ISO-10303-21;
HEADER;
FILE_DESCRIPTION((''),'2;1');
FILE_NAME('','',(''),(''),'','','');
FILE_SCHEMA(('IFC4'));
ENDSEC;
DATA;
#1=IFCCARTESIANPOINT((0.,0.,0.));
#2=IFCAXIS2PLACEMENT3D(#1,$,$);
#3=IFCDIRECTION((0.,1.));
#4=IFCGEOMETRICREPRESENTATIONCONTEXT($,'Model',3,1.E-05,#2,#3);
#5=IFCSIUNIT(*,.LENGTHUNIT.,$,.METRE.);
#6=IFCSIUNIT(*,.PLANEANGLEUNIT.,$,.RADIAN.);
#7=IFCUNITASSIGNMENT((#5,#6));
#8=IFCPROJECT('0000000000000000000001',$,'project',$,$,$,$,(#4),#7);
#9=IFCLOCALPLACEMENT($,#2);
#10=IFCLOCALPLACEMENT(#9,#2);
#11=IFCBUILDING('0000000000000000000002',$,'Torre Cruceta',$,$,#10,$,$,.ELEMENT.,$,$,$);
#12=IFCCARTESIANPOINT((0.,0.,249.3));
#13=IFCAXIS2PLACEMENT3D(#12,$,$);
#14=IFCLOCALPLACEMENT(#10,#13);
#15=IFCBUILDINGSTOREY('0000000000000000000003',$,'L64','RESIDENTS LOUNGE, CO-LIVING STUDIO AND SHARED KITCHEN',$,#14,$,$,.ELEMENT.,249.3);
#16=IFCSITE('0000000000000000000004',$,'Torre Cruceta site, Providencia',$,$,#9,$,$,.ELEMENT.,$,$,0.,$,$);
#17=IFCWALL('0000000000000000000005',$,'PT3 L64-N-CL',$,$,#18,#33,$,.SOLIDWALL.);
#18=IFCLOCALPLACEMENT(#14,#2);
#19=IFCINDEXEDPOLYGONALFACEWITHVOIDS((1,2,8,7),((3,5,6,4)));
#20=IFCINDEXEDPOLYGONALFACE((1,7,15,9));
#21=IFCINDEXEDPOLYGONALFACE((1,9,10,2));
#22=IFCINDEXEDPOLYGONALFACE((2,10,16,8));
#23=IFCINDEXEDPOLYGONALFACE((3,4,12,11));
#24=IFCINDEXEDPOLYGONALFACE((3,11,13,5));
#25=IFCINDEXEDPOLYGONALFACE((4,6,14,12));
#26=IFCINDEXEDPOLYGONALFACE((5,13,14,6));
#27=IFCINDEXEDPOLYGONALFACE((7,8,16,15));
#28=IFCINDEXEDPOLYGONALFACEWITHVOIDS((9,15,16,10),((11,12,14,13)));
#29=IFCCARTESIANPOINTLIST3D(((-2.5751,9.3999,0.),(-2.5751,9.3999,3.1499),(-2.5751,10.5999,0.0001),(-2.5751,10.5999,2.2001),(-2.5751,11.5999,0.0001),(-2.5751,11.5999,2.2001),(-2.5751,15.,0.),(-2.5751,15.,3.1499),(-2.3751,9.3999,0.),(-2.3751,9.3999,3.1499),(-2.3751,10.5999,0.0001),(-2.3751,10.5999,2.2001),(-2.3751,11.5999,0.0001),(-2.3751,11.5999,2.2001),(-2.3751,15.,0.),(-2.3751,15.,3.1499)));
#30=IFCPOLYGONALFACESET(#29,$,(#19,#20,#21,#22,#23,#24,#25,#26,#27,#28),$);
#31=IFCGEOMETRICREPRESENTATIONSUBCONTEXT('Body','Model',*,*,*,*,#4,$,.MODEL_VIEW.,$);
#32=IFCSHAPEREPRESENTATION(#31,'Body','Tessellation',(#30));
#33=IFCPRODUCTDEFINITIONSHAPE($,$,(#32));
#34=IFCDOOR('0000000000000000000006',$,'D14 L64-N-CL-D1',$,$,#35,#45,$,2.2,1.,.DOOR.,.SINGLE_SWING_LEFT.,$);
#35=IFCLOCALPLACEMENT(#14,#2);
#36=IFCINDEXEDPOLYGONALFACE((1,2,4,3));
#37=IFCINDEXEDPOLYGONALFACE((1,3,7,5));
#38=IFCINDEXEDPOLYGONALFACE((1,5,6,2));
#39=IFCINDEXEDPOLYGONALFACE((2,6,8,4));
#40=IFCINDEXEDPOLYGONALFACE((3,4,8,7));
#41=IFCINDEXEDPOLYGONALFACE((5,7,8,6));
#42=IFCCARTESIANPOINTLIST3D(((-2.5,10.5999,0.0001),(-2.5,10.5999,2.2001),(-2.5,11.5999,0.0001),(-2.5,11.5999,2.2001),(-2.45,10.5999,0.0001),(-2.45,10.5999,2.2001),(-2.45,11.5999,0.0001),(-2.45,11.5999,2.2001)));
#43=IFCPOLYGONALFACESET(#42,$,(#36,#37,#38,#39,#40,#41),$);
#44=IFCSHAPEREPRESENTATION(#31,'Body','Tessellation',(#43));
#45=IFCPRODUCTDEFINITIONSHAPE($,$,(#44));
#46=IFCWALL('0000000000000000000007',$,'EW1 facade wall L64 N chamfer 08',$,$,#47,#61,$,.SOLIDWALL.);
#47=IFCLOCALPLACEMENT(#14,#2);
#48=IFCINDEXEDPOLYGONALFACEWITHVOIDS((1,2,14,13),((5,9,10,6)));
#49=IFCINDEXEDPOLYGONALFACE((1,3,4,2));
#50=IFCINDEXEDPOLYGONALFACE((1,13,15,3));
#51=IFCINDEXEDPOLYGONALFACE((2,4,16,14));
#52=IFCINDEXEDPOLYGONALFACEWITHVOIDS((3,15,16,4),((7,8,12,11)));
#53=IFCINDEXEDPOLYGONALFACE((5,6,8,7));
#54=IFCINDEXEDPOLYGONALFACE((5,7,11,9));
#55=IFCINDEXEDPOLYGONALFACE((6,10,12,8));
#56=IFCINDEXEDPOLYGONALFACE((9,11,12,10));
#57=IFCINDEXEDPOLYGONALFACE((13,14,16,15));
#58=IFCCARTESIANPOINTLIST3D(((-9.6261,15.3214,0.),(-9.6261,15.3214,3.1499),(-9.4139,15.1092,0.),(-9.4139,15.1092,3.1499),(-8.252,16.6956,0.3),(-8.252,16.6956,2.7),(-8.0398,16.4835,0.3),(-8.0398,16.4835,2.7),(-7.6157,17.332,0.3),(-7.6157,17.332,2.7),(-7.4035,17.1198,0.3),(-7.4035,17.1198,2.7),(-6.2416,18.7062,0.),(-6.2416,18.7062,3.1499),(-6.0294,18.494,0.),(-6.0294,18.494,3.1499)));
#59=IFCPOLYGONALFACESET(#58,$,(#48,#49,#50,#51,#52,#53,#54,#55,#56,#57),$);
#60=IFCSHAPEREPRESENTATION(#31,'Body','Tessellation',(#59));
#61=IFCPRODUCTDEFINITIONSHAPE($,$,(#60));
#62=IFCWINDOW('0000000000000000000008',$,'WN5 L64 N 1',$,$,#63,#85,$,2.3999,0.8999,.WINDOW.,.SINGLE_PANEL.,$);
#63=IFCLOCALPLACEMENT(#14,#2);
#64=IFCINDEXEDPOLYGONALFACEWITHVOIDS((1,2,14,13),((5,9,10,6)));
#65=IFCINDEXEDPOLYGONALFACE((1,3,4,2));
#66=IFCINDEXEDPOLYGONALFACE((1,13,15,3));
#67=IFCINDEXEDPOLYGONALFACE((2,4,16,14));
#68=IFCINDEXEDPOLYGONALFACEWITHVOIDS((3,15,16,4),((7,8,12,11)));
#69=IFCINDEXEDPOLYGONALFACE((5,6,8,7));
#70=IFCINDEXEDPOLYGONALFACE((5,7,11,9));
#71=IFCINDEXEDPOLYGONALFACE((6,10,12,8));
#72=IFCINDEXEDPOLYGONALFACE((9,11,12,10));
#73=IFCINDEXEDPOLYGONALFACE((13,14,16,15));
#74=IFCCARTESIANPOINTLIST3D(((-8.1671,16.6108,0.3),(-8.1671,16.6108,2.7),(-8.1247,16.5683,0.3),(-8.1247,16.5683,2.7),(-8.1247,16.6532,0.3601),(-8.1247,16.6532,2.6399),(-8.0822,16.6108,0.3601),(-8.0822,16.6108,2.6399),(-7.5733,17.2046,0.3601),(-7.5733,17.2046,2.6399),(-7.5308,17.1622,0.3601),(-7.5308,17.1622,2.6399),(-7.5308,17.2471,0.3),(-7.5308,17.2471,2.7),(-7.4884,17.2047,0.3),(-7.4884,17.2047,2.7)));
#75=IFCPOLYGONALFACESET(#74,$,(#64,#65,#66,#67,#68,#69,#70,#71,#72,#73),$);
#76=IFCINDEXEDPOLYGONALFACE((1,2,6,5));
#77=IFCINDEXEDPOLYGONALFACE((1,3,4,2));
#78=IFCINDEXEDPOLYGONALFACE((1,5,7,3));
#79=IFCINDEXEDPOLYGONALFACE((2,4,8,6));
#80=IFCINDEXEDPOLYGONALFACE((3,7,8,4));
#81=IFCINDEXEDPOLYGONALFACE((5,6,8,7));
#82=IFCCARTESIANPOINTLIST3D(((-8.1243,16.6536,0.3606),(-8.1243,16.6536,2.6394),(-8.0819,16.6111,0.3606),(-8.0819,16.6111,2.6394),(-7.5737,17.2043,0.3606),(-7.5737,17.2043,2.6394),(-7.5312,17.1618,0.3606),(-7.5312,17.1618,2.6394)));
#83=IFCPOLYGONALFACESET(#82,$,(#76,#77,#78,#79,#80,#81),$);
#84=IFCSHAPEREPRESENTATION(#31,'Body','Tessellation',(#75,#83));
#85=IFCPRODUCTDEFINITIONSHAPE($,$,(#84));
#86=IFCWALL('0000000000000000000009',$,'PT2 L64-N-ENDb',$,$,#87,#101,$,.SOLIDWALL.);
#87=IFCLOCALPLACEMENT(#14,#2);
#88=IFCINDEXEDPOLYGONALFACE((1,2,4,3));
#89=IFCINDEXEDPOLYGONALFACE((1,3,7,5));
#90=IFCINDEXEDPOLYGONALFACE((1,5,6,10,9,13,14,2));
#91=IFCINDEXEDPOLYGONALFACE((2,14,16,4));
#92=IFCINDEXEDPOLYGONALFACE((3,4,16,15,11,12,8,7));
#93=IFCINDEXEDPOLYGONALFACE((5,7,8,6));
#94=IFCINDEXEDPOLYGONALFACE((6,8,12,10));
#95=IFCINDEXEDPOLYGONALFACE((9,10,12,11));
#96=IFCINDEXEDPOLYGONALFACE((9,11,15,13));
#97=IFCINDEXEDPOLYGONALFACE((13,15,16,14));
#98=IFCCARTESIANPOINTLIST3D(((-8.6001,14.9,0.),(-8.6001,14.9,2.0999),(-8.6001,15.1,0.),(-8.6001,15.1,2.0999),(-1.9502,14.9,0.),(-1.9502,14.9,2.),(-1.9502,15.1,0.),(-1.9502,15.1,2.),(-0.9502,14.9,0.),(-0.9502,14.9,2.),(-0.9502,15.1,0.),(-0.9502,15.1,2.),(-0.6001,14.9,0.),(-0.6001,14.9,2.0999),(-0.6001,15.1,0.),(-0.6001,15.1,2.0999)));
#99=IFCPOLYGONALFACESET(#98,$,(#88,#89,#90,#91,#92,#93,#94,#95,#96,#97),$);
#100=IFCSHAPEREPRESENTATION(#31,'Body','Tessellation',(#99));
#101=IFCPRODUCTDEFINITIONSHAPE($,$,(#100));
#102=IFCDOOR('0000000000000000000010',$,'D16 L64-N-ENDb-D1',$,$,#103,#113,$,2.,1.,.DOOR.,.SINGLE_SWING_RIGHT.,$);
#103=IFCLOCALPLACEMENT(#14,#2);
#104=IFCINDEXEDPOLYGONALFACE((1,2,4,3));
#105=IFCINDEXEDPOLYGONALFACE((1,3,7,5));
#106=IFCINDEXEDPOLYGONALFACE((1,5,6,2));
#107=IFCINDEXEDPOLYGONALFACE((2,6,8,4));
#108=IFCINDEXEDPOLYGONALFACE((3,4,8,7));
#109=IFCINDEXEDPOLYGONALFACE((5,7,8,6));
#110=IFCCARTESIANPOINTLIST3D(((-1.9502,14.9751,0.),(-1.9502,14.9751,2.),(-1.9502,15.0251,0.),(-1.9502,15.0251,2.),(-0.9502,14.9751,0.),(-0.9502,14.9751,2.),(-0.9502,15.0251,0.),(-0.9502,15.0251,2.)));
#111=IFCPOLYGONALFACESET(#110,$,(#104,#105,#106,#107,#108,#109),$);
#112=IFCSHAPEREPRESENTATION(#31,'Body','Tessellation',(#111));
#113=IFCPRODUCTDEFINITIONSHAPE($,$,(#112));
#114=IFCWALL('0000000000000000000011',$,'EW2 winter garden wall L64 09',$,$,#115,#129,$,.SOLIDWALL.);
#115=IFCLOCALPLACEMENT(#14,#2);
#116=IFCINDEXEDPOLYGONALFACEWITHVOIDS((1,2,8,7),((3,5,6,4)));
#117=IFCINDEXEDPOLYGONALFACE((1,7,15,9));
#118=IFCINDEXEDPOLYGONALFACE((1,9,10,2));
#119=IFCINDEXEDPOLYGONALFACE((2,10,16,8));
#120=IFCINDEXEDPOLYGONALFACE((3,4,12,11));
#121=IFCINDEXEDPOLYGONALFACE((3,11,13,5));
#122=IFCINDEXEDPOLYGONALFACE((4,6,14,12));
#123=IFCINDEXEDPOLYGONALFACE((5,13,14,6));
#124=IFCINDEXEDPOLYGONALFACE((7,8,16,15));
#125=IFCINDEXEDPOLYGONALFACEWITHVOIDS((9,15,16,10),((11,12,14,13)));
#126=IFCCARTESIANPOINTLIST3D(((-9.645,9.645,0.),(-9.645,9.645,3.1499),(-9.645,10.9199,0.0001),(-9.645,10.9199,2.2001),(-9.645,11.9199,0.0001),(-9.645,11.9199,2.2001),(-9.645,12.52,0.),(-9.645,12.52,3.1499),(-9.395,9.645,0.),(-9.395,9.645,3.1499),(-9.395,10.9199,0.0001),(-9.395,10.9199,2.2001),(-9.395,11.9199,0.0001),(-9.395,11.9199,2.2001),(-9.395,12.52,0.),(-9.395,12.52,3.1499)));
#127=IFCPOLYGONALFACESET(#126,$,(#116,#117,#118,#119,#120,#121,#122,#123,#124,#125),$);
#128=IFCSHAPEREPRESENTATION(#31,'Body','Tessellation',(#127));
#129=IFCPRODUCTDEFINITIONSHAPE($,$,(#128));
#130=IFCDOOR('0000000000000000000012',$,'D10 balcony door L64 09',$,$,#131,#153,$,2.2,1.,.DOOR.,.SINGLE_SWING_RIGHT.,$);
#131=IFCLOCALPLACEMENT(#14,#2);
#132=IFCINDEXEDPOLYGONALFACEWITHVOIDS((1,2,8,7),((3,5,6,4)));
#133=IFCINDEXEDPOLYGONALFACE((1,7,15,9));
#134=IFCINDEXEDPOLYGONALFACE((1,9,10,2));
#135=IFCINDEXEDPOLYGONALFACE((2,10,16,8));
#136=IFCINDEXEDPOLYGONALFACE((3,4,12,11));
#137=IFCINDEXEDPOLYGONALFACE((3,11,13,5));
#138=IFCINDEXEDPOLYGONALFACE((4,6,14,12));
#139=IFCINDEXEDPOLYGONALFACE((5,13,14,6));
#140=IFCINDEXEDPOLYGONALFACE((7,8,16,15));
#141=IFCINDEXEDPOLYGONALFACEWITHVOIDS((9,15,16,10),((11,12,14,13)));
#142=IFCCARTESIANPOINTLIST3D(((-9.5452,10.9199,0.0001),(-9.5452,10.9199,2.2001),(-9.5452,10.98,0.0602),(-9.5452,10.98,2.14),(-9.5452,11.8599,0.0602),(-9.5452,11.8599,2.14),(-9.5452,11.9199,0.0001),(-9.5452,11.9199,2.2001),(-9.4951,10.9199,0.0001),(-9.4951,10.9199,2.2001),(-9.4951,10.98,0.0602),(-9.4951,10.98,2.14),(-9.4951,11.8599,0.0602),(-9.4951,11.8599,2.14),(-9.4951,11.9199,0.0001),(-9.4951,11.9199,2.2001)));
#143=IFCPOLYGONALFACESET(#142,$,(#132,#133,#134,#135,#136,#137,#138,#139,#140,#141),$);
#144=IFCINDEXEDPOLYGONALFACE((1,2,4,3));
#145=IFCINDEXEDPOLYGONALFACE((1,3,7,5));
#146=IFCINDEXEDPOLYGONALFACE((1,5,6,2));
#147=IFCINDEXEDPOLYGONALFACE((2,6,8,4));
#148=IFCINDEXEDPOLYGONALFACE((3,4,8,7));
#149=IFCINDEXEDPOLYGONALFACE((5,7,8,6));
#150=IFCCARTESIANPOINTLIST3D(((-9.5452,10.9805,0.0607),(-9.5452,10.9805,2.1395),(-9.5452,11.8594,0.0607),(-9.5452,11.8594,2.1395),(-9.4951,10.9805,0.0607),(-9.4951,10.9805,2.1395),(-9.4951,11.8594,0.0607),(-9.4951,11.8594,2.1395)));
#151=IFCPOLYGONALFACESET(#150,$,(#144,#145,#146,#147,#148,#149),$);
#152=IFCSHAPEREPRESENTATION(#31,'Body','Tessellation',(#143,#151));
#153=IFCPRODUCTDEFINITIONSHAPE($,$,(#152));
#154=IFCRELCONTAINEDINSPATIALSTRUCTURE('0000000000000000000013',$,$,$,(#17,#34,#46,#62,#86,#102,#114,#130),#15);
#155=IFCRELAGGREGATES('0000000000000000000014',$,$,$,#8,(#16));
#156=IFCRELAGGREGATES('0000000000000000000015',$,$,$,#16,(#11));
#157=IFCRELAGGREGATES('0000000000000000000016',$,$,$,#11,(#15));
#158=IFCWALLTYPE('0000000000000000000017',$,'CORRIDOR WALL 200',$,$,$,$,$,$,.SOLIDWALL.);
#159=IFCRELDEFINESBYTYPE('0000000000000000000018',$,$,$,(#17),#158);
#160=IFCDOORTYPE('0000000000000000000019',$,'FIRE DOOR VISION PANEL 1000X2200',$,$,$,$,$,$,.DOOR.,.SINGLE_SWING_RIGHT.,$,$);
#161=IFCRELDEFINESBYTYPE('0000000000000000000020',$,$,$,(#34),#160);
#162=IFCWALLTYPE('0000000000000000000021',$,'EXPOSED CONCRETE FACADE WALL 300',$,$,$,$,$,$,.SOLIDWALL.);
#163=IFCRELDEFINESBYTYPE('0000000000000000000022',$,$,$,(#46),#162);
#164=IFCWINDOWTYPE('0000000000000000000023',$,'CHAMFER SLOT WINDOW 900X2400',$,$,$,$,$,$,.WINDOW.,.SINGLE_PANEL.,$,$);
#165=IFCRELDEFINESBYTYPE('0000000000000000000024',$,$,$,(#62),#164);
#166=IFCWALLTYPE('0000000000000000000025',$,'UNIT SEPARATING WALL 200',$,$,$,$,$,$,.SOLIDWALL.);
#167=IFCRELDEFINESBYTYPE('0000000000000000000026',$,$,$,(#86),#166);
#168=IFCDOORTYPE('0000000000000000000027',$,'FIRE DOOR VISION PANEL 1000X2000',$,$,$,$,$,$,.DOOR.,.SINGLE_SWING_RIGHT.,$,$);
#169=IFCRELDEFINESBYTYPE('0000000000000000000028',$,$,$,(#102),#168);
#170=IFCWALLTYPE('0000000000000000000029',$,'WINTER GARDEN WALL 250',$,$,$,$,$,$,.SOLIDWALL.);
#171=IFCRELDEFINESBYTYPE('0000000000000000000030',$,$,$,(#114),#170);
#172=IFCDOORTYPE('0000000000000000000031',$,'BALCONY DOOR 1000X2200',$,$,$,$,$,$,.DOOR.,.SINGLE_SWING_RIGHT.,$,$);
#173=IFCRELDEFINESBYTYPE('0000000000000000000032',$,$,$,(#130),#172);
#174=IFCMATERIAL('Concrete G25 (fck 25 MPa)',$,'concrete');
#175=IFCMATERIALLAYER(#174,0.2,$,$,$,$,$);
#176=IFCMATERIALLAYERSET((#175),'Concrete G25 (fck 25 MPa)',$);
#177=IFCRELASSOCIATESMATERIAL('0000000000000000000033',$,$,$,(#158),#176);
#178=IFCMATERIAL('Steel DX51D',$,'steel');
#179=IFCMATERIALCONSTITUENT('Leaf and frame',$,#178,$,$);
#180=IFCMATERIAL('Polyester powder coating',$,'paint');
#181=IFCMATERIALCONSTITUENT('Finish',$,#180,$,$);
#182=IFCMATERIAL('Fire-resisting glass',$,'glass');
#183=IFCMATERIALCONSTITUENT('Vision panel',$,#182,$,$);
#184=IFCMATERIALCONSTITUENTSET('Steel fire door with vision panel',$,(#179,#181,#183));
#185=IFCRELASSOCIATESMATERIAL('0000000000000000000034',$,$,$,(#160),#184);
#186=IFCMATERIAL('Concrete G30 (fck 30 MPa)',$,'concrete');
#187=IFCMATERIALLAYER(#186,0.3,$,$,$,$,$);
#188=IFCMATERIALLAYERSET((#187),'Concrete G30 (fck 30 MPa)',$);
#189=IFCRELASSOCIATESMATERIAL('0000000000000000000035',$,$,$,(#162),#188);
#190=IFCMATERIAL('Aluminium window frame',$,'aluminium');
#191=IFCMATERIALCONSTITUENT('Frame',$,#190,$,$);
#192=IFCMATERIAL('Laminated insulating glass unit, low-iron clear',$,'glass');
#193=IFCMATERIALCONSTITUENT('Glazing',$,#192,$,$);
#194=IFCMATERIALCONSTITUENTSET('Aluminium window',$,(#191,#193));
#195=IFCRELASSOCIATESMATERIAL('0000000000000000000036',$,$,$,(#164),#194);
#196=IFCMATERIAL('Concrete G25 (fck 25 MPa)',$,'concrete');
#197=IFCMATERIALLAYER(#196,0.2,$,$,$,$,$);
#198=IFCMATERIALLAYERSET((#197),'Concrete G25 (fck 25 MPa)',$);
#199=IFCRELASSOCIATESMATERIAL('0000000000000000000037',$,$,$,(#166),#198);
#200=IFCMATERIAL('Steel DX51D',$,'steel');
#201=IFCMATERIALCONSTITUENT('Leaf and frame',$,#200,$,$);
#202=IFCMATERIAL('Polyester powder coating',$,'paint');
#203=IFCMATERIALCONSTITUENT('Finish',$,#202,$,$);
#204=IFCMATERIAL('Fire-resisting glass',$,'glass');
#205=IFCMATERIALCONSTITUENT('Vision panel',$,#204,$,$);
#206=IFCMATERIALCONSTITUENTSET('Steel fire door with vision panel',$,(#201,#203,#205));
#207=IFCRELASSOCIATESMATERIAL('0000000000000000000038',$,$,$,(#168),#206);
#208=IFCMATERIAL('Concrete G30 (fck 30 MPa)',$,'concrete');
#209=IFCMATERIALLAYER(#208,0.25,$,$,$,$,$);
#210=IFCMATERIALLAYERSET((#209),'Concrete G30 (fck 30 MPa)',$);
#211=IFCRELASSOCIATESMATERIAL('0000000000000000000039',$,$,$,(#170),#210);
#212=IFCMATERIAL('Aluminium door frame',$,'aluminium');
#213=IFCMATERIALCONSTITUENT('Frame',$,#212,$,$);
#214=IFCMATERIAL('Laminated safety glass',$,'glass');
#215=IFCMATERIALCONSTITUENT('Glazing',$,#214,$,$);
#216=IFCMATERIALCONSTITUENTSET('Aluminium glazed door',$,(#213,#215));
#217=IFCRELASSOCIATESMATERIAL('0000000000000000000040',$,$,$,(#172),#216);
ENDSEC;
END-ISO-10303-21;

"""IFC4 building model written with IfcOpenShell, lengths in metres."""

from ifc_helpers import new_model, si_unit, direction, frame, frame_2d, origin, place, context, subcontext, project, spatial, rectangle, hollow_rectangle, extrude, material, layer, layer_set, constituent, constituent_set, type_object, element, fill, save


model = new_model("IFC4")

# Units and contexts
model_context = context("Model", 3, precision=1e-05, world=origin(), true_north=direction((0.0, 1.0)))
body_context = subcontext(model_context, "Body", "Model", "MODEL_VIEW")
ifc_project = project(units=[si_unit("LENGTHUNIT", "METRE"), si_unit("PLANEANGLEUNIT", "RADIAN")], contexts=[model_context])

# Site, building, storey
site_placement = place(None, origin())
site = spatial("IfcSite", under=ifc_project, at=site_placement, Name="Torre Cruceta site, Providencia", CompositionType="ELEMENT", RefElevation=0.0)
building_placement = place(site_placement, origin())
building = spatial("IfcBuilding", under=site, at=building_placement, Name="Torre Cruceta", CompositionType="ELEMENT")
storey_placement = place(building_placement, frame((0.0, 0.0, 249.3)))
storey = spatial("IfcBuildingStorey", under=building, at=storey_placement, Name="L64", Description="RESIDENTS LOUNGE, CO-LIVING STUDIO AND SHARED KITCHEN", CompositionType="ELEMENT", Elevation=249.3)

# Wall, opening, door
ifc_material_1 = material(Name="Concrete G25 (fck 25 MPa)", Category="concrete")
ifc_layer_1 = layer(ifc_material_1, 0.2)
ifc_layer_set_1 = layer_set([ifc_layer_1], Name="Concrete G25 (fck 25 MPa)")
wall_type_1 = type_object("IfcWallType", Name="CORRIDOR WALL 200", PredefinedType="SOLIDWALL", material=ifc_layer_set_1)
wall_1_placement = place(storey_placement, frame((-2.4751, 9.3999, 0.0), z_axis=(0.0, 0.0, 1.0), x_axis=(0.0, 1.0, 0.0)))
wall_1 = element("IfcWall", 1, at=wall_1_placement, inside=storey, type_object=wall_type_1, Name="PT3 L64-N-CL", PredefinedType="SOLIDWALL", context=body_context, shape_type="SweptSolid", body=[
    extrude(rectangle(XDim=5.6001, YDim=0.2, at=frame_2d((2.8, 0.0))), origin(), (0.0, 0.0, 1.0), 3.1499),
])
opening_1_placement = place(wall_1_placement, frame((1.2, 0.0, 0.0)))
opening_1 = element("IfcOpeningElement", 2, at=opening_1_placement, cuts=wall_1, PredefinedType="OPENING", context=body_context, shape_type="SweptSolid", body=[
    extrude(rectangle(XDim=1.0, YDim=2.2, at=frame_2d((0.5, 1.1001))), frame((0.0, 0.1099, 0.0), z_axis=(0.0, -1.0, 0.0), x_axis=(1.0, 0.0, 0.0)), (0.0, 0.0, 1.0), 0.22),
])
ifc_material_2 = material(Name="Steel DX51D", Category="steel")
ifc_constituent_1 = constituent(ifc_material_2, Name="Leaf and frame")
ifc_material_3 = material(Name="Polyester powder coating", Category="paint")
ifc_constituent_2 = constituent(ifc_material_3, Name="Finish")
ifc_material_4 = material(Name="Fire-resisting glass", Category="glass")
ifc_constituent_3 = constituent(ifc_material_4, Name="Vision panel")
ifc_constituent_set_1 = constituent_set(constituents=[ifc_constituent_1, ifc_constituent_2, ifc_constituent_3], Name="Steel fire door with vision panel")
door_type_1 = type_object("IfcDoorType", Name="FIRE DOOR VISION PANEL 1000X2200", OperationType="SINGLE_SWING_RIGHT", PredefinedType="DOOR", material=ifc_constituent_set_1)
door_1_placement = place(opening_1_placement, origin())
door_1 = element("IfcDoor", 3, at=door_1_placement, inside=storey, type_object=door_type_1, Name="D14 L64-N-CL-D1", OperationType="SINGLE_SWING_LEFT", OverallHeight=2.2, OverallWidth=1.0, PredefinedType="DOOR", context=body_context, shape_type="SweptSolid", body=[
    extrude(rectangle(XDim=1.0, YDim=2.2, at=frame_2d((0.5, 1.1001))), frame((0.0, 0.0249, 0.0), z_axis=(0.0, -1.0, 0.0), x_axis=(1.0, 0.0, 0.0)), (0.0, 0.0, 1.0), 0.05),
])
fill(opening_1, door_1)

# Wall, opening, window
ifc_material_5 = material(Name="Concrete G30 (fck 30 MPa)", Category="concrete")
ifc_layer_2 = layer(ifc_material_5, 0.3)
ifc_layer_set_2 = layer_set([ifc_layer_2], Name="Concrete G30 (fck 30 MPa)")
wall_type_2 = type_object("IfcWallType", Name="EXPOSED CONCRETE FACADE WALL 300", PredefinedType="SOLIDWALL", material=ifc_layer_set_2)
wall_2_placement = place(storey_placement, frame((-6.1355, 18.6001, 0.0), z_axis=(0.0, 0.0, 1.0), x_axis=(-0.707081, -0.707132, 0.0)))
wall_2 = element("IfcWall", 4, at=wall_2_placement, inside=storey, type_object=wall_type_2, Name="EW1 facade wall L64 N chamfer 08", PredefinedType="SOLIDWALL", context=body_context, shape_type="SweptSolid", body=[
    extrude(rectangle(XDim=4.7866, YDim=0.3, at=frame_2d((2.3933, 0.0))), origin(), (0.0, 0.0, 1.0), 3.1499),
])
opening_2_placement = place(wall_2_placement, frame((1.9434, 0.0, 0.3)))
opening_2 = element("IfcOpeningElement", 5, at=opening_2_placement, cuts=wall_2, PredefinedType="OPENING", context=body_context, shape_type="SweptSolid", body=[
    extrude(rectangle(XDim=0.8999, YDim=2.3999, at=frame_2d((0.45, 1.2))), frame((0.0, 0.1599, 0.0), z_axis=(0.0, -1.0, 0.0), x_axis=(1.0, 0.0, 0.0)), (0.0, 0.0, 1.0), 0.3201),
])
ifc_material_6 = material(Name="Aluminium window frame", Category="aluminium")
ifc_constituent_4 = constituent(ifc_material_6, Name="Frame")
ifc_material_7 = material(Name="Laminated insulating glass unit, low-iron clear", Category="glass")
ifc_constituent_5 = constituent(ifc_material_7, Name="Glazing")
ifc_constituent_set_2 = constituent_set(constituents=[ifc_constituent_4, ifc_constituent_5], Name="Aluminium window")
window_type = type_object("IfcWindowType", Name="CHAMFER SLOT WINDOW 900X2400", PartitioningType="SINGLE_PANEL", PredefinedType="WINDOW", material=ifc_constituent_set_2)
window_placement = place(opening_2_placement, origin())
window = element("IfcWindow", 6, at=window_placement, inside=storey, type_object=window_type, Name="WN5 L64 N 1", OverallHeight=2.3999, OverallWidth=0.8999, PartitioningType="SINGLE_PANEL", PredefinedType="WINDOW", context=body_context, shape_type="SweptSolid", body=[
    extrude(hollow_rectangle(XDim=0.8999, YDim=2.3999, WallThickness=0.0601, at=frame_2d((0.45, 1.2))), frame((0.0, 0.03, 0.0), z_axis=(0.0, -1.0, 0.0), x_axis=(1.0, 0.0, 0.0)), (0.0, 0.0, 1.0), 0.0601),
    extrude(rectangle(XDim=0.7788, YDim=2.2788, at=frame_2d((0.45, 1.2))), frame((0.0, 0.03, 0.0), z_axis=(0.0, -1.0, 0.0), x_axis=(1.0, 0.0, 0.0)), (0.0, 0.0, 1.0), 0.0601),
])
fill(opening_2, window)

# Walls, openings, doors
ifc_material_8 = material(Name="Concrete G25 (fck 25 MPa)", Category="concrete")
ifc_layer_3 = layer(ifc_material_8, 0.2)
ifc_layer_set_3 = layer_set([ifc_layer_3], Name="Concrete G25 (fck 25 MPa)")
wall_type_3 = type_object("IfcWallType", Name="UNIT SEPARATING WALL 200", PredefinedType="SOLIDWALL", material=ifc_layer_set_3)
wall_3_placement = place(storey_placement, frame((-0.6001, 15.0, 0.0), z_axis=(0.0, 0.0, 1.0), x_axis=(-1.0, 0.0, 0.0)))
wall_3 = element("IfcWall", 7, at=wall_3_placement, inside=storey, type_object=wall_type_3, Name="PT2 L64-N-ENDb", PredefinedType="SOLIDWALL", context=body_context, shape_type="SweptSolid", body=[
    extrude(rectangle(XDim=8.0, YDim=0.2, at=frame_2d((4.0, 0.0))), origin(), (0.0, 0.0, 1.0), 2.0999),
])
opening_3_placement = place(wall_3_placement, frame((0.3501, 0.0, 0.0)))
opening_3 = element("IfcOpeningElement", 8, at=opening_3_placement, cuts=wall_3, PredefinedType="OPENING", context=body_context, shape_type="SweptSolid", body=[
    extrude(rectangle(XDim=1.0, YDim=2.0, at=frame_2d((0.5, 1.0))), frame((0.0, 0.1099, 0.0), z_axis=(0.0, -1.0, 0.0), x_axis=(1.0, 0.0, 0.0)), (0.0, 0.0, 1.0), 0.22),
])
ifc_material_9 = material(Name="Steel DX51D", Category="steel")
ifc_constituent_6 = constituent(ifc_material_9, Name="Leaf and frame")
ifc_material_10 = material(Name="Polyester powder coating", Category="paint")
ifc_constituent_7 = constituent(ifc_material_10, Name="Finish")
ifc_material_11 = material(Name="Fire-resisting glass", Category="glass")
ifc_constituent_8 = constituent(ifc_material_11, Name="Vision panel")
ifc_constituent_set_3 = constituent_set(constituents=[ifc_constituent_6, ifc_constituent_7, ifc_constituent_8], Name="Steel fire door with vision panel")
door_type_2 = type_object("IfcDoorType", Name="FIRE DOOR VISION PANEL 1000X2000", OperationType="SINGLE_SWING_RIGHT", PredefinedType="DOOR", material=ifc_constituent_set_3)
door_2_placement = place(opening_3_placement, frame((1.0, 0.0, 0.0), z_axis=(0.0, 0.0, 1.0), x_axis=(-1.0, 0.0, 0.0)))
door_2 = element("IfcDoor", 9, at=door_2_placement, inside=storey, type_object=door_type_2, Name="D16 L64-N-ENDb-D1", OperationType="SINGLE_SWING_RIGHT", OverallHeight=2.0, OverallWidth=1.0, PredefinedType="DOOR", context=body_context, shape_type="SweptSolid", body=[
    extrude(rectangle(XDim=1.0, YDim=2.0, at=frame_2d((0.5, 1.0))), frame((0.0, 0.0251, 0.0), z_axis=(0.0, -1.0, 0.0), x_axis=(1.0, 0.0, 0.0)), (0.0, 0.0, 1.0), 0.05),
])
fill(opening_3, door_2)
ifc_material_12 = material(Name="Concrete G30 (fck 30 MPa)", Category="concrete")
ifc_layer_4 = layer(ifc_material_12, 0.25)
ifc_layer_set_4 = layer_set([ifc_layer_4], Name="Concrete G30 (fck 30 MPa)")
wall_type_4 = type_object("IfcWallType", Name="WINTER GARDEN WALL 250", PredefinedType="SOLIDWALL", material=ifc_layer_set_4)
wall_4_placement = place(storey_placement, frame((-9.52, 12.52, 0.0), z_axis=(0.0, 0.0, 1.0), x_axis=(0.0, -1.0, 0.0)))
wall_4 = element("IfcWall", 10, at=wall_4_placement, inside=storey, type_object=wall_type_4, Name="EW2 winter garden wall L64 09", PredefinedType="SOLIDWALL", context=body_context, shape_type="SweptSolid", body=[
    extrude(rectangle(XDim=2.875, YDim=0.25, at=frame_2d((1.4375, 0.0))), origin(), (0.0, 0.0, 1.0), 3.1499),
])
opening_4_placement = place(wall_4_placement, frame((0.6001, 0.0, 0.0)))
opening_4 = element("IfcOpeningElement", 11, at=opening_4_placement, cuts=wall_4, PredefinedType="OPENING", context=body_context, shape_type="SweptSolid", body=[
    extrude(rectangle(XDim=1.0, YDim=2.2, at=frame_2d((0.5, 1.1001))), frame((0.0, 0.135, 0.0), z_axis=(0.0, -1.0, 0.0), x_axis=(1.0, 0.0, 0.0)), (0.0, 0.0, 1.0), 0.27),
])
ifc_material_13 = material(Name="Aluminium door frame", Category="aluminium")
ifc_constituent_9 = constituent(ifc_material_13, Name="Frame")
ifc_material_14 = material(Name="Laminated safety glass", Category="glass")
ifc_constituent_10 = constituent(ifc_material_14, Name="Glazing")
ifc_constituent_set_4 = constituent_set(constituents=[ifc_constituent_9, ifc_constituent_10], Name="Aluminium glazed door")
door_type_3 = type_object("IfcDoorType", Name="BALCONY DOOR 1000X2200", OperationType="SINGLE_SWING_RIGHT", PredefinedType="DOOR", material=ifc_constituent_set_4)
door_3_placement = place(opening_4_placement, origin())
door_3 = element("IfcDoor", 12, at=door_3_placement, inside=storey, type_object=door_type_3, Name="D10 balcony door L64 09", OperationType="SINGLE_SWING_RIGHT", OverallHeight=2.2, OverallWidth=1.0, PredefinedType="DOOR", context=body_context, shape_type="SweptSolid", body=[
    extrude(hollow_rectangle(XDim=1.0, YDim=2.2, WallThickness=0.0601, at=frame_2d((0.5, 1.1001))), frame((0.0, 0.0249, 0.0), z_axis=(0.0, -1.0, 0.0), x_axis=(1.0, 0.0, 0.0)), (0.0, 0.0, 1.0), 0.05),
    extrude(rectangle(XDim=0.8789, YDim=2.0789, at=frame_2d((0.5, 1.1001))), frame((0.0, 0.0249, 0.0), z_axis=(0.0, -1.0, 0.0), x_axis=(1.0, 0.0, 0.0)), (0.0, 0.0, 1.0), 0.05),
])
fill(opening_4, door_3)

save(model, "model.ifc")
